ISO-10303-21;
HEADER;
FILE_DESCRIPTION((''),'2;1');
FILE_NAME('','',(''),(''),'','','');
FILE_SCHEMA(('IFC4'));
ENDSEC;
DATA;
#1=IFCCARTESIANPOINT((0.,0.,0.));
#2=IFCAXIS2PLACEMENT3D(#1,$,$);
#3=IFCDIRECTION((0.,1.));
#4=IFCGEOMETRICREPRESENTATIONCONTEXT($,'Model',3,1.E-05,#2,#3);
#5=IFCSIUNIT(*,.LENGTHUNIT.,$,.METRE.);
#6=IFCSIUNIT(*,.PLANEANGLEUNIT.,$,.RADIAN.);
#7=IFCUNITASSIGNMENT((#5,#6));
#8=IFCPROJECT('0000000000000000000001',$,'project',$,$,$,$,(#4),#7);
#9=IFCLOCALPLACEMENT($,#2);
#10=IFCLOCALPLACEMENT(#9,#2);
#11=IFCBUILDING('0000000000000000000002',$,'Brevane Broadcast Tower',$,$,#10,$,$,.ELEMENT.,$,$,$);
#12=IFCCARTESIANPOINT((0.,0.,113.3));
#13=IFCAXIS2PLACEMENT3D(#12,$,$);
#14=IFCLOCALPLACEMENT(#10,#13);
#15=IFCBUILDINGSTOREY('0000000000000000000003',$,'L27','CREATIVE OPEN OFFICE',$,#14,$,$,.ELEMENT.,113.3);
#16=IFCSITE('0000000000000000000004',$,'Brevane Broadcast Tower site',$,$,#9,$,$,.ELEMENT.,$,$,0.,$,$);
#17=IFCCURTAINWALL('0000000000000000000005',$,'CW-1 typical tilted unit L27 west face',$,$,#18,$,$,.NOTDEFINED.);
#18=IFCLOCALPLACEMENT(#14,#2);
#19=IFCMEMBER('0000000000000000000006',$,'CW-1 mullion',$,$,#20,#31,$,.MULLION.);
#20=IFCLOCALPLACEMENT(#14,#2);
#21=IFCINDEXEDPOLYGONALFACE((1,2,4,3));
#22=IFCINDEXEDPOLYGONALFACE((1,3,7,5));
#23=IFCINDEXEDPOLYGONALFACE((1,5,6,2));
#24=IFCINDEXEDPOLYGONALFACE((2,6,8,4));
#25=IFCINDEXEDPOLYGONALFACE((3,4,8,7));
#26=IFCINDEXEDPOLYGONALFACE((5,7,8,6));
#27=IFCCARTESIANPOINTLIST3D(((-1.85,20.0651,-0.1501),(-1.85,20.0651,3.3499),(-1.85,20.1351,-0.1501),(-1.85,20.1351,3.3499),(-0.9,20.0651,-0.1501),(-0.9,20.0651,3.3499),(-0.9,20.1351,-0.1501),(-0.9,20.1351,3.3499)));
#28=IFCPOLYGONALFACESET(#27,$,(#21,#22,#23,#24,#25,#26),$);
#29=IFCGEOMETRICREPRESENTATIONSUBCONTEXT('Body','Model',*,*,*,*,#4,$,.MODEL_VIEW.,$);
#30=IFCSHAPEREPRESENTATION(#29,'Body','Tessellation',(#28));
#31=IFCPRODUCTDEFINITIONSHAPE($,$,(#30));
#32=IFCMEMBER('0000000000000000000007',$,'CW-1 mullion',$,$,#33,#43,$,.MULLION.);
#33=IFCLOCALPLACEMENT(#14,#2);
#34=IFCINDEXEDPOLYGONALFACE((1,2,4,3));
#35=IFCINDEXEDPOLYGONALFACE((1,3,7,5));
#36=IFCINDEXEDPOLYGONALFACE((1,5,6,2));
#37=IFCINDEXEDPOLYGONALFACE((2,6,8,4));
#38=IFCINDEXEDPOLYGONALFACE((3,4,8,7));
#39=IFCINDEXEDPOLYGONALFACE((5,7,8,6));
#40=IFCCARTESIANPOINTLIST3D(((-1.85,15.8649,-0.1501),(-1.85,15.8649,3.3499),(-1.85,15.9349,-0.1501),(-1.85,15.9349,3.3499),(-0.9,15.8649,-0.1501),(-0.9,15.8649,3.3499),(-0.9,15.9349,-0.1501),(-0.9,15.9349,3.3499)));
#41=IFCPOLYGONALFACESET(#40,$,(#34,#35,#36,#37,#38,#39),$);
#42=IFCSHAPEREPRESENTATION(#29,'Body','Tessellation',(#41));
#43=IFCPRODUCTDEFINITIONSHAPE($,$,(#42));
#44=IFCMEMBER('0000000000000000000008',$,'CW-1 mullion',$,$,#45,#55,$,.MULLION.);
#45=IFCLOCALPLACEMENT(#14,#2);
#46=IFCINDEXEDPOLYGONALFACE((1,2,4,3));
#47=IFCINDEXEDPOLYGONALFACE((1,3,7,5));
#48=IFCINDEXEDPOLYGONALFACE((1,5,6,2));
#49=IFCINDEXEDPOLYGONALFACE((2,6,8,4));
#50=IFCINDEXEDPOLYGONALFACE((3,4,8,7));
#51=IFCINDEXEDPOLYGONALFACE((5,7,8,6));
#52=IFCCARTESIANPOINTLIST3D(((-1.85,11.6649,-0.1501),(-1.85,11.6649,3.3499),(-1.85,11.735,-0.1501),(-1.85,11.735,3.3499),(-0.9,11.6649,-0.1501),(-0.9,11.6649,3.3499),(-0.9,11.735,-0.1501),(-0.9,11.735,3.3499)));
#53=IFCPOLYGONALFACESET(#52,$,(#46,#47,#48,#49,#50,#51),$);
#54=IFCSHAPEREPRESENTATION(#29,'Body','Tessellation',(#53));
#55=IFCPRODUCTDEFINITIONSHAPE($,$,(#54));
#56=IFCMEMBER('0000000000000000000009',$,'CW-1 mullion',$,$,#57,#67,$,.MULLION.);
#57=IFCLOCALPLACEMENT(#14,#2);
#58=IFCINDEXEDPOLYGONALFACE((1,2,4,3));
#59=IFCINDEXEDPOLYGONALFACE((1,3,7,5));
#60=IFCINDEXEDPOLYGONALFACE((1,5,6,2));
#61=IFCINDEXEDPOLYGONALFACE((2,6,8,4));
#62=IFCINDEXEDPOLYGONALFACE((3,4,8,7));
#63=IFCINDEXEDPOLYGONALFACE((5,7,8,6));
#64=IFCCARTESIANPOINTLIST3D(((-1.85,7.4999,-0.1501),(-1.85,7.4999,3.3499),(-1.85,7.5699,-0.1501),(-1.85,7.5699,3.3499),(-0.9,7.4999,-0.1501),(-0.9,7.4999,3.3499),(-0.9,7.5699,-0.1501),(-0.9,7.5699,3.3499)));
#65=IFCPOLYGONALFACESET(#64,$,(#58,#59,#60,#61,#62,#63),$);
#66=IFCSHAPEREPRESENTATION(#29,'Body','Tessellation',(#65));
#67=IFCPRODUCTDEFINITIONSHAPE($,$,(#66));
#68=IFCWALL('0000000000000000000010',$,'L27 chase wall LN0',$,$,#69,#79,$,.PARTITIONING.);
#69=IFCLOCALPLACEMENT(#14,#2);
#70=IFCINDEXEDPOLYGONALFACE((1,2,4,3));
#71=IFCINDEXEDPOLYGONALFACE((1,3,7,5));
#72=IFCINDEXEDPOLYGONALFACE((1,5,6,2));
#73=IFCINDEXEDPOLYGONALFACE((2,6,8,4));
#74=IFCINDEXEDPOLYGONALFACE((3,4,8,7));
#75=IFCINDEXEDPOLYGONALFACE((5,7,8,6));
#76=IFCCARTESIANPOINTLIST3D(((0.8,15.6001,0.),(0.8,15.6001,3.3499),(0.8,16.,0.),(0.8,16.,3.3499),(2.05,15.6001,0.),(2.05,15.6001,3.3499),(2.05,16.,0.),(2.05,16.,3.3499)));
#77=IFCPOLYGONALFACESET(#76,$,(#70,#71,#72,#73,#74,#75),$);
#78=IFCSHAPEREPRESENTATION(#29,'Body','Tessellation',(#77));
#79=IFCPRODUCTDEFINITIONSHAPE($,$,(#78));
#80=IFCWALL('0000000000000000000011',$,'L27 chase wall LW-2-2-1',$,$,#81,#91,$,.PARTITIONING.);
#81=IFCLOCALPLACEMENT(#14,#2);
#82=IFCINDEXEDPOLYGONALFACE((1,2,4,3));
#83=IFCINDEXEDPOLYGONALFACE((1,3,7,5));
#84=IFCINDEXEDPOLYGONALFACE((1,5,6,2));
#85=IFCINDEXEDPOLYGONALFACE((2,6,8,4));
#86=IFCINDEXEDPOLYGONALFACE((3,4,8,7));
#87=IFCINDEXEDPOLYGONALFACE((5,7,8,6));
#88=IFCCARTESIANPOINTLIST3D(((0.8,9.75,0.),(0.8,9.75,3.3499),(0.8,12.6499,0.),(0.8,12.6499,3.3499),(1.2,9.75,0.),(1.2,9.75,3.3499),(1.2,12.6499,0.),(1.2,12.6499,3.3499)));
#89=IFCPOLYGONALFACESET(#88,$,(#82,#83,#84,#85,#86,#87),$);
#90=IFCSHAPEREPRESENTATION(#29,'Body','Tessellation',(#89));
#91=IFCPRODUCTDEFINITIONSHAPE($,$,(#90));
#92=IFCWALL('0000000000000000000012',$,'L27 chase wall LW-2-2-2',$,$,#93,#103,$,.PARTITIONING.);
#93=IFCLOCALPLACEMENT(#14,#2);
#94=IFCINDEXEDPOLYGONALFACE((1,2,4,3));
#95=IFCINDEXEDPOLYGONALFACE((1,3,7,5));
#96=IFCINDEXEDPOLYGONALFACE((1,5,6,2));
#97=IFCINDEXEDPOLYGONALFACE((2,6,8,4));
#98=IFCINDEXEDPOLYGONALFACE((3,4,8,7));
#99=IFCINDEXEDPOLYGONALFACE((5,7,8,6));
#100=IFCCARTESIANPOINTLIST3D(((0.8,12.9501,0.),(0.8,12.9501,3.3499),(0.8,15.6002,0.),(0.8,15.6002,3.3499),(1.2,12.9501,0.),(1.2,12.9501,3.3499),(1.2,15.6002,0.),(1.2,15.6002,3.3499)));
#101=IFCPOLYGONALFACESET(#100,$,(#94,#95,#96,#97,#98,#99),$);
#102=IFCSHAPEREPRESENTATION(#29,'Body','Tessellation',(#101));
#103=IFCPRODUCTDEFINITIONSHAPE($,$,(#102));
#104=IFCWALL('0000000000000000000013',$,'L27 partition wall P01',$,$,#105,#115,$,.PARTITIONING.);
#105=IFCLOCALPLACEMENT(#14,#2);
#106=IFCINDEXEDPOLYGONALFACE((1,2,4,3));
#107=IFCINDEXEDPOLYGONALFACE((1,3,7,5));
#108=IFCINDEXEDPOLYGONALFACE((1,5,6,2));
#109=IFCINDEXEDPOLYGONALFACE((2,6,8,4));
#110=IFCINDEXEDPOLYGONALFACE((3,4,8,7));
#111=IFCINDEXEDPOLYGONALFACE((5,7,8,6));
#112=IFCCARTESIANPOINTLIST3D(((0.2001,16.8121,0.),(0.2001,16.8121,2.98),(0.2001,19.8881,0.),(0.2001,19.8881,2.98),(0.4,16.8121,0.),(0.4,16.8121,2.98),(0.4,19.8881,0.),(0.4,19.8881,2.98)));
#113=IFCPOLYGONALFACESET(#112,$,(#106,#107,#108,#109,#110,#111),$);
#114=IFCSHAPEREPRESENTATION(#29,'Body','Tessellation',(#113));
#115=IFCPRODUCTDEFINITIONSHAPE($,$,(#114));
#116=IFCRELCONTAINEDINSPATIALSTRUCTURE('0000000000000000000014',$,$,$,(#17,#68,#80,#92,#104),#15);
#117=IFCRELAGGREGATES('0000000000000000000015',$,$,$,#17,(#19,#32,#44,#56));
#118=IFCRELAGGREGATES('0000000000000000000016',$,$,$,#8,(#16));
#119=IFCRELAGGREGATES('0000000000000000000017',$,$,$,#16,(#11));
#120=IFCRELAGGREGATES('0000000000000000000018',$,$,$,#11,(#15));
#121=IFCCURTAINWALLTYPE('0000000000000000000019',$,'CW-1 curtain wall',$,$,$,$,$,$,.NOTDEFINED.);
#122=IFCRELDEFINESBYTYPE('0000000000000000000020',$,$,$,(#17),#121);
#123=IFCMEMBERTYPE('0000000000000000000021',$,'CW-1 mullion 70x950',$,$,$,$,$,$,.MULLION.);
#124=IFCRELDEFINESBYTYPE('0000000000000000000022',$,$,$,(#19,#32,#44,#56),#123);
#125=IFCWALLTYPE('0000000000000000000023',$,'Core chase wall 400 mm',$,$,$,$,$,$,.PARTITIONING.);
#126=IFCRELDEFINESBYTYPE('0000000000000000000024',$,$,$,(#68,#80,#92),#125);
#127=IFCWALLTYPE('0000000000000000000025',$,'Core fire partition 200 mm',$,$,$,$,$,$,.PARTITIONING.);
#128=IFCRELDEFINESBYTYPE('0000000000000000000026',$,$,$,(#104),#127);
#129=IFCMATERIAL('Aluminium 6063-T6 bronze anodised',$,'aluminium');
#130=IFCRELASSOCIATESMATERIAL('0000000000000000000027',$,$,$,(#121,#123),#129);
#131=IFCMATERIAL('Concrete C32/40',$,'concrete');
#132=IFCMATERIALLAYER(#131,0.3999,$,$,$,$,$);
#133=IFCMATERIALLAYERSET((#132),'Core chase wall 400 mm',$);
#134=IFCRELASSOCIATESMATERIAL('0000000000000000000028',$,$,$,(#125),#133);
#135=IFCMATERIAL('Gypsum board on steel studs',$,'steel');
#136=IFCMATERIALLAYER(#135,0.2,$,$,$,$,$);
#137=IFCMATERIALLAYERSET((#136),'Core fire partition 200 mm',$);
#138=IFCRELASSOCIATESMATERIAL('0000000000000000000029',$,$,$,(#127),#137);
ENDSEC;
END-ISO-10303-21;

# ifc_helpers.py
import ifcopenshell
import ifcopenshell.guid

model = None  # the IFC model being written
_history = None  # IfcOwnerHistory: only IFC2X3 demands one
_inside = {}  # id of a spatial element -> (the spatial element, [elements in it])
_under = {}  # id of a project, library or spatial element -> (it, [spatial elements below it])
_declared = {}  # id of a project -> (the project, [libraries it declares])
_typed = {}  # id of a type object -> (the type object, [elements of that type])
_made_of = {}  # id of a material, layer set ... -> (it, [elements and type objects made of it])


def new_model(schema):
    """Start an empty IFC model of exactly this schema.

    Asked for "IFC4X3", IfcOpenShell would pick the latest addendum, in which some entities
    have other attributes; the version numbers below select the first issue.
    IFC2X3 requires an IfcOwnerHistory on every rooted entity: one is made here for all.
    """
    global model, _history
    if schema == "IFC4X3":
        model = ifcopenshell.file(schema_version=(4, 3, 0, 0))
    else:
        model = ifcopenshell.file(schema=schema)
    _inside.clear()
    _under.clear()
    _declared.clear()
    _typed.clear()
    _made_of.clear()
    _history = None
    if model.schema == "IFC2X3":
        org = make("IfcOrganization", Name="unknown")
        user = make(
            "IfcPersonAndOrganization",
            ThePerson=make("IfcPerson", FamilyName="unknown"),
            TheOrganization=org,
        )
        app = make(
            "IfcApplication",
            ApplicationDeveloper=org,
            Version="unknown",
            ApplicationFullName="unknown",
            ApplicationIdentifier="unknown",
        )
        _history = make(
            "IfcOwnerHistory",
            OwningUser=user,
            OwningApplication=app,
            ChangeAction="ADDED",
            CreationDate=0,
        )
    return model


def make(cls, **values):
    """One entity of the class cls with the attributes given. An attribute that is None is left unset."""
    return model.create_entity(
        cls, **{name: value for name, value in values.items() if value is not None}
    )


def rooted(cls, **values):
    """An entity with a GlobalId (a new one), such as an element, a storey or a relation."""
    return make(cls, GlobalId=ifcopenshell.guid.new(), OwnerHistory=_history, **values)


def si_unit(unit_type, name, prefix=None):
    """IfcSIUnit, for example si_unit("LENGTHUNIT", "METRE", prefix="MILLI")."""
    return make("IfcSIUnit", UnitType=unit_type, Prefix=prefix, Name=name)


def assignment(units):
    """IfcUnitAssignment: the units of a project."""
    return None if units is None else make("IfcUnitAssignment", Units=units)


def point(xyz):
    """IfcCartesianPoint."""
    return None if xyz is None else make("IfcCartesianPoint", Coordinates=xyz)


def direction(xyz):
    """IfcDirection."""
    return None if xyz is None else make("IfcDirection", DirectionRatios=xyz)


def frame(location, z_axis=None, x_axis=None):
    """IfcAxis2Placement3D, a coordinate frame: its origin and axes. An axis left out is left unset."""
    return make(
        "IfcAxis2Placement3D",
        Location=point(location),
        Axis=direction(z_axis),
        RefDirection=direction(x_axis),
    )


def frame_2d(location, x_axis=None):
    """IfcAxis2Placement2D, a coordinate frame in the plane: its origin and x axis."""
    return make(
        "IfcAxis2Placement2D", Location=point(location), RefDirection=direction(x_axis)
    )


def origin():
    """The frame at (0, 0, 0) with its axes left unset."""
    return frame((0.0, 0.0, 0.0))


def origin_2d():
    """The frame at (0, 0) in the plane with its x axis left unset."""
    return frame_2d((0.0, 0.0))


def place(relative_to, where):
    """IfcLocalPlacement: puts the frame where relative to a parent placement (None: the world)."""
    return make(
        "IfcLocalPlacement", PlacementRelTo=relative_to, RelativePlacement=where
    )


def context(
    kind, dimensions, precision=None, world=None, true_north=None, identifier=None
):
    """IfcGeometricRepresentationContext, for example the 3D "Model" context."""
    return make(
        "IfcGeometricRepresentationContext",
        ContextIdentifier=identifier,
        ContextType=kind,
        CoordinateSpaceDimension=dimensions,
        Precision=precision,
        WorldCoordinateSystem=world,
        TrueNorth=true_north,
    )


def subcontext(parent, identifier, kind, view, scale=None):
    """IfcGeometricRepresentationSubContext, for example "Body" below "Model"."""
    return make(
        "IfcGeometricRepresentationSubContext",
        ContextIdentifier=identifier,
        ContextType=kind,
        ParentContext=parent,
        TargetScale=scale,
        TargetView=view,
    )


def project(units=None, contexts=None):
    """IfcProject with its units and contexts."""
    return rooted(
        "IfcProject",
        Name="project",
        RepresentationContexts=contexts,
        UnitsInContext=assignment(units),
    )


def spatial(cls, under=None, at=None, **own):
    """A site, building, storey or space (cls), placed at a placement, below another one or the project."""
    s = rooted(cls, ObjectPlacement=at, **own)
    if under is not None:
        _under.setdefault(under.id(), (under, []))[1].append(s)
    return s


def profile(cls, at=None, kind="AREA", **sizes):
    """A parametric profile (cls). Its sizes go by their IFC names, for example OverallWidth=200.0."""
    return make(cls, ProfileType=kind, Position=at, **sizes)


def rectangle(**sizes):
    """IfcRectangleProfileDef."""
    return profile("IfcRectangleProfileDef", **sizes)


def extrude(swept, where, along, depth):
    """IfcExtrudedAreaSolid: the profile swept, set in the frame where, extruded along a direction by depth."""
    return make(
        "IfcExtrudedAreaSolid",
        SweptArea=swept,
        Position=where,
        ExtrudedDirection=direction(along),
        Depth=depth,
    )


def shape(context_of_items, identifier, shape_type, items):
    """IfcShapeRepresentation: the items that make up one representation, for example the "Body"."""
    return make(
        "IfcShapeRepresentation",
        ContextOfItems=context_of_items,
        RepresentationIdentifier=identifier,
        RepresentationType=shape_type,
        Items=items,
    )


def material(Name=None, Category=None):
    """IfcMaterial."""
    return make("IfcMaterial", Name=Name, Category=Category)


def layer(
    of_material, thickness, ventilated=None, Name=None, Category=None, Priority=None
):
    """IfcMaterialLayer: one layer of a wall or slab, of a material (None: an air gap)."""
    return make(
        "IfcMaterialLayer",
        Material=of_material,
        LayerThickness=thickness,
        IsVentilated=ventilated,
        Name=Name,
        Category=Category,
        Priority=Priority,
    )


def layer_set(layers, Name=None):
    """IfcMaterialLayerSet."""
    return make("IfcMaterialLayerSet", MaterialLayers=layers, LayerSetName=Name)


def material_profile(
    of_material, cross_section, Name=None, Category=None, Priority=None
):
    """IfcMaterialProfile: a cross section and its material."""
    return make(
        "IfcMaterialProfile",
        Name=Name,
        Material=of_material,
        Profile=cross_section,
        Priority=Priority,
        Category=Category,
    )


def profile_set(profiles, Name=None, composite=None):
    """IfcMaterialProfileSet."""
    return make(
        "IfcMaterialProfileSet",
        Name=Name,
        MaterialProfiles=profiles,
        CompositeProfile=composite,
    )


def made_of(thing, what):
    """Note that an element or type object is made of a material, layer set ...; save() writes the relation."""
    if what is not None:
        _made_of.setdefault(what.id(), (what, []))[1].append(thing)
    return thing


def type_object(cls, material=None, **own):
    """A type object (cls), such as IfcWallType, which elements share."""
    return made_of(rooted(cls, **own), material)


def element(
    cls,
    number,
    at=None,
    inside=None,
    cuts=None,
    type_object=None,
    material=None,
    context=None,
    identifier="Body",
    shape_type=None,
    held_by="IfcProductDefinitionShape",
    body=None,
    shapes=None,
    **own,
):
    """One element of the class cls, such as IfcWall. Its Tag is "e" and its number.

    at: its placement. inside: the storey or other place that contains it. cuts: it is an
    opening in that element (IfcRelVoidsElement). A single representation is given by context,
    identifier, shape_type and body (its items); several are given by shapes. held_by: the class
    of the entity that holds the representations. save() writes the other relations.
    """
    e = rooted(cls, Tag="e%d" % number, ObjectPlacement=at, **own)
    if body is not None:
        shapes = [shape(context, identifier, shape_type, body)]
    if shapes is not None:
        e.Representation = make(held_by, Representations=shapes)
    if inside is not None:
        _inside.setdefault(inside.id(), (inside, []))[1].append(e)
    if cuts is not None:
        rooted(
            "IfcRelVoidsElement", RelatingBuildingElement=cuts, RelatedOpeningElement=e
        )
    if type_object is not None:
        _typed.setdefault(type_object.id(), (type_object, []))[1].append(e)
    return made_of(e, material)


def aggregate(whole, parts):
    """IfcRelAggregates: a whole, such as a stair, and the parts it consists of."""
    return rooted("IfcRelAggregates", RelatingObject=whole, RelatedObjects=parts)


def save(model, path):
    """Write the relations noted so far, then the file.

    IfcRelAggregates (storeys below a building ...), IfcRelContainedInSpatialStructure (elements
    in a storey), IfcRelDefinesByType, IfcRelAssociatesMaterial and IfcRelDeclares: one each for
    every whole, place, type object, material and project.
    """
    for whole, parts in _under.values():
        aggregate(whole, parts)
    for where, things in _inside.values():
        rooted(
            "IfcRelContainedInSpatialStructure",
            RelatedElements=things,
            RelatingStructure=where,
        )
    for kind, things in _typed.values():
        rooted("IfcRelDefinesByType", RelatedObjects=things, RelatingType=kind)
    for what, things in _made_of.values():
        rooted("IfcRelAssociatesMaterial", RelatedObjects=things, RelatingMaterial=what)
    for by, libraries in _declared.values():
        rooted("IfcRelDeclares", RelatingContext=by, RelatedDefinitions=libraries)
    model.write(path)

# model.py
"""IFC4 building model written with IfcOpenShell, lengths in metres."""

from ifc_helpers import new_model, si_unit, direction, frame, frame_2d, origin, origin_2d, place, context, subcontext, project, spatial, rectangle, extrude, material, layer, layer_set, material_profile, profile_set, type_object, element, aggregate, save


model = new_model("IFC4")

# Units and contexts
model_context = context("Model", 3, precision=1e-05, world=origin(), true_north=direction((0.0, 1.0)))
body_context = subcontext(model_context, "Body", "Model", "MODEL_VIEW")
ifc_project = project(units=[si_unit("LENGTHUNIT", "METRE"), si_unit("PLANEANGLEUNIT", "RADIAN")], contexts=[model_context])

# Site, building, storey
site_placement = place(None, origin())
site = spatial("IfcSite", under=ifc_project, at=site_placement, Name="Brevane Broadcast Tower site", CompositionType="ELEMENT", RefElevation=0.0)
building_placement = place(site_placement, origin())
building = spatial("IfcBuilding", under=site, at=building_placement, Name="Brevane Broadcast Tower", CompositionType="ELEMENT")
storey_placement = place(building_placement, frame((0.0, 0.0, 113.3)))
storey = spatial("IfcBuildingStorey", under=building, at=storey_placement, Name="L27", Description="CREATIVE OPEN OFFICE", CompositionType="ELEMENT", Elevation=113.3)

# Curtain wall, members
ifc_material_1 = material(Name="Aluminium 6063-T6 bronze anodised", Category="aluminium")
curtain_wall_type = type_object("IfcCurtainWallType", Name="CW-1 curtain wall", PredefinedType="NOTDEFINED", material=ifc_material_1)
curtain_wall_placement = place(storey_placement, origin())
curtain_wall = element("IfcCurtainWall", 1, at=curtain_wall_placement, inside=storey, type_object=curtain_wall_type, Name="CW-1 typical tilted unit L27 west face", PredefinedType="NOTDEFINED")
ifc_material_profile = material_profile(ifc_material_1, rectangle(XDim=0.95, YDim=0.0701, at=origin_2d()), Name="RECT 70x950")
ifc_profile_set = profile_set([ifc_material_profile], Name="Aluminium 6063-T6 bronze anodised")
member_type = type_object("IfcMemberType", Name="CW-1 mullion 70x950", PredefinedType="MULLION", material=ifc_profile_set)
member_1_placement = place(storey_placement, frame((-1.375, 20.1001, -0.1501), z_axis=(0.0, 0.0, 1.0), x_axis=(1.0, 0.0, 0.0)))
member_1 = element("IfcMember", 2, at=member_1_placement, type_object=member_type, Name="CW-1 mullion", PredefinedType="MULLION", context=body_context, shape_type="SweptSolid", body=[
    extrude(rectangle(XDim=0.95, YDim=0.0701, at=origin_2d()), origin(), (0.0, 0.0, 1.0), 3.5),
])
member_2_placement = place(storey_placement, frame((-1.375, 15.8999, -0.1501), z_axis=(0.0, 0.0, 1.0), x_axis=(1.0, 0.0, 0.0)))
member_2 = element("IfcMember", 3, at=member_2_placement, type_object=member_type, Name="CW-1 mullion", PredefinedType="MULLION", context=body_context, shape_type="SweptSolid", body=[
    extrude(rectangle(XDim=0.95, YDim=0.0701, at=origin_2d()), origin(), (0.0, 0.0, 1.0), 3.5),
])
member_3_placement = place(storey_placement, frame((-1.375, 11.7, -0.1501), z_axis=(0.0, 0.0, 1.0), x_axis=(1.0, 0.0, 0.0)))
member_3 = element("IfcMember", 4, at=member_3_placement, type_object=member_type, Name="CW-1 mullion", PredefinedType="MULLION", context=body_context, shape_type="SweptSolid", body=[
    extrude(rectangle(XDim=0.95, YDim=0.0701, at=origin_2d()), origin(), (0.0, 0.0, 1.0), 3.5),
])
member_4_placement = place(storey_placement, frame((-1.375, 7.5349, -0.1501), z_axis=(0.0, 0.0, 1.0), x_axis=(1.0, 0.0, 0.0)))
member_4 = element("IfcMember", 5, at=member_4_placement, type_object=member_type, Name="CW-1 mullion", PredefinedType="MULLION", context=body_context, shape_type="SweptSolid", body=[
    extrude(rectangle(XDim=0.95, YDim=0.0701, at=origin_2d()), origin(), (0.0, 0.0, 1.0), 3.5),
])
aggregate(curtain_wall, [member_1, member_2, member_3, member_4])

# Walls
ifc_material_2 = material(Name="Concrete C32/40", Category="concrete")
ifc_layer_1 = layer(ifc_material_2, 0.3999)
ifc_layer_set_1 = layer_set([ifc_layer_1], Name="Core chase wall 400 mm")
wall_type_1 = type_object("IfcWallType", Name="Core chase wall 400 mm", PredefinedType="PARTITIONING", material=ifc_layer_set_1)
wall_1_placement = place(storey_placement, frame((0.8, 15.8, 0.0), z_axis=(0.0, 0.0, 1.0), x_axis=(1.0, 0.0, 0.0)))
element("IfcWall", 6, at=wall_1_placement, inside=storey, type_object=wall_type_1, Name="L27 chase wall LN0", PredefinedType="PARTITIONING", context=body_context, shape_type="SweptSolid", body=[
    extrude(rectangle(XDim=1.25, YDim=0.3999, at=frame_2d((0.625, 0.0))), origin(), (0.0, 0.0, 1.0), 3.3499),
])
wall_2_placement = place(storey_placement, frame((1.0, 9.75, 0.0), z_axis=(0.0, 0.0, 1.0), x_axis=(0.0, 1.0, 0.0)))
element("IfcWall", 7, at=wall_2_placement, inside=storey, type_object=wall_type_1, Name="L27 chase wall LW-2-2-1", PredefinedType="PARTITIONING", context=body_context, shape_type="SweptSolid", body=[
    extrude(rectangle(XDim=2.8999, YDim=0.3999, at=frame_2d((1.45, 0.0))), origin(), (0.0, 0.0, 1.0), 3.3499),
])
wall_3_placement = place(storey_placement, frame((1.0, 12.95, 0.0), z_axis=(0.0, 0.0, 1.0), x_axis=(0.0, 1.0, 0.0)))
element("IfcWall", 8, at=wall_3_placement, inside=storey, type_object=wall_type_1, Name="L27 chase wall LW-2-2-2", PredefinedType="PARTITIONING", context=body_context, shape_type="SweptSolid", body=[
    extrude(rectangle(XDim=2.6501, YDim=0.3999, at=frame_2d((1.3252, 0.0))), origin(), (0.0, 0.0, 1.0), 3.3499),
])
ifc_material_3 = material(Name="Gypsum board on steel studs", Category="steel")
ifc_layer_2 = layer(ifc_material_3, 0.2)
ifc_layer_set_2 = layer_set([ifc_layer_2], Name="Core fire partition 200 mm")
wall_type_2 = type_object("IfcWallType", Name="Core fire partition 200 mm", PredefinedType="PARTITIONING", material=ifc_layer_set_2)
wall_4_placement = place(storey_placement, frame((0.3, 16.812, 0.0), z_axis=(0.0, 0.0, 1.0), x_axis=(0.0, 1.0, 0.0)))
element("IfcWall", 9, at=wall_4_placement, inside=storey, type_object=wall_type_2, Name="L27 partition wall P01", PredefinedType="PARTITIONING", context=body_context, shape_type="SweptSolid", body=[
    extrude(rectangle(XDim=3.0759, YDim=0.2, at=frame_2d((1.5381, 0.0))), origin(), (0.0, 0.0, 1.0), 2.98),
])

save(model, "model.ifc")
